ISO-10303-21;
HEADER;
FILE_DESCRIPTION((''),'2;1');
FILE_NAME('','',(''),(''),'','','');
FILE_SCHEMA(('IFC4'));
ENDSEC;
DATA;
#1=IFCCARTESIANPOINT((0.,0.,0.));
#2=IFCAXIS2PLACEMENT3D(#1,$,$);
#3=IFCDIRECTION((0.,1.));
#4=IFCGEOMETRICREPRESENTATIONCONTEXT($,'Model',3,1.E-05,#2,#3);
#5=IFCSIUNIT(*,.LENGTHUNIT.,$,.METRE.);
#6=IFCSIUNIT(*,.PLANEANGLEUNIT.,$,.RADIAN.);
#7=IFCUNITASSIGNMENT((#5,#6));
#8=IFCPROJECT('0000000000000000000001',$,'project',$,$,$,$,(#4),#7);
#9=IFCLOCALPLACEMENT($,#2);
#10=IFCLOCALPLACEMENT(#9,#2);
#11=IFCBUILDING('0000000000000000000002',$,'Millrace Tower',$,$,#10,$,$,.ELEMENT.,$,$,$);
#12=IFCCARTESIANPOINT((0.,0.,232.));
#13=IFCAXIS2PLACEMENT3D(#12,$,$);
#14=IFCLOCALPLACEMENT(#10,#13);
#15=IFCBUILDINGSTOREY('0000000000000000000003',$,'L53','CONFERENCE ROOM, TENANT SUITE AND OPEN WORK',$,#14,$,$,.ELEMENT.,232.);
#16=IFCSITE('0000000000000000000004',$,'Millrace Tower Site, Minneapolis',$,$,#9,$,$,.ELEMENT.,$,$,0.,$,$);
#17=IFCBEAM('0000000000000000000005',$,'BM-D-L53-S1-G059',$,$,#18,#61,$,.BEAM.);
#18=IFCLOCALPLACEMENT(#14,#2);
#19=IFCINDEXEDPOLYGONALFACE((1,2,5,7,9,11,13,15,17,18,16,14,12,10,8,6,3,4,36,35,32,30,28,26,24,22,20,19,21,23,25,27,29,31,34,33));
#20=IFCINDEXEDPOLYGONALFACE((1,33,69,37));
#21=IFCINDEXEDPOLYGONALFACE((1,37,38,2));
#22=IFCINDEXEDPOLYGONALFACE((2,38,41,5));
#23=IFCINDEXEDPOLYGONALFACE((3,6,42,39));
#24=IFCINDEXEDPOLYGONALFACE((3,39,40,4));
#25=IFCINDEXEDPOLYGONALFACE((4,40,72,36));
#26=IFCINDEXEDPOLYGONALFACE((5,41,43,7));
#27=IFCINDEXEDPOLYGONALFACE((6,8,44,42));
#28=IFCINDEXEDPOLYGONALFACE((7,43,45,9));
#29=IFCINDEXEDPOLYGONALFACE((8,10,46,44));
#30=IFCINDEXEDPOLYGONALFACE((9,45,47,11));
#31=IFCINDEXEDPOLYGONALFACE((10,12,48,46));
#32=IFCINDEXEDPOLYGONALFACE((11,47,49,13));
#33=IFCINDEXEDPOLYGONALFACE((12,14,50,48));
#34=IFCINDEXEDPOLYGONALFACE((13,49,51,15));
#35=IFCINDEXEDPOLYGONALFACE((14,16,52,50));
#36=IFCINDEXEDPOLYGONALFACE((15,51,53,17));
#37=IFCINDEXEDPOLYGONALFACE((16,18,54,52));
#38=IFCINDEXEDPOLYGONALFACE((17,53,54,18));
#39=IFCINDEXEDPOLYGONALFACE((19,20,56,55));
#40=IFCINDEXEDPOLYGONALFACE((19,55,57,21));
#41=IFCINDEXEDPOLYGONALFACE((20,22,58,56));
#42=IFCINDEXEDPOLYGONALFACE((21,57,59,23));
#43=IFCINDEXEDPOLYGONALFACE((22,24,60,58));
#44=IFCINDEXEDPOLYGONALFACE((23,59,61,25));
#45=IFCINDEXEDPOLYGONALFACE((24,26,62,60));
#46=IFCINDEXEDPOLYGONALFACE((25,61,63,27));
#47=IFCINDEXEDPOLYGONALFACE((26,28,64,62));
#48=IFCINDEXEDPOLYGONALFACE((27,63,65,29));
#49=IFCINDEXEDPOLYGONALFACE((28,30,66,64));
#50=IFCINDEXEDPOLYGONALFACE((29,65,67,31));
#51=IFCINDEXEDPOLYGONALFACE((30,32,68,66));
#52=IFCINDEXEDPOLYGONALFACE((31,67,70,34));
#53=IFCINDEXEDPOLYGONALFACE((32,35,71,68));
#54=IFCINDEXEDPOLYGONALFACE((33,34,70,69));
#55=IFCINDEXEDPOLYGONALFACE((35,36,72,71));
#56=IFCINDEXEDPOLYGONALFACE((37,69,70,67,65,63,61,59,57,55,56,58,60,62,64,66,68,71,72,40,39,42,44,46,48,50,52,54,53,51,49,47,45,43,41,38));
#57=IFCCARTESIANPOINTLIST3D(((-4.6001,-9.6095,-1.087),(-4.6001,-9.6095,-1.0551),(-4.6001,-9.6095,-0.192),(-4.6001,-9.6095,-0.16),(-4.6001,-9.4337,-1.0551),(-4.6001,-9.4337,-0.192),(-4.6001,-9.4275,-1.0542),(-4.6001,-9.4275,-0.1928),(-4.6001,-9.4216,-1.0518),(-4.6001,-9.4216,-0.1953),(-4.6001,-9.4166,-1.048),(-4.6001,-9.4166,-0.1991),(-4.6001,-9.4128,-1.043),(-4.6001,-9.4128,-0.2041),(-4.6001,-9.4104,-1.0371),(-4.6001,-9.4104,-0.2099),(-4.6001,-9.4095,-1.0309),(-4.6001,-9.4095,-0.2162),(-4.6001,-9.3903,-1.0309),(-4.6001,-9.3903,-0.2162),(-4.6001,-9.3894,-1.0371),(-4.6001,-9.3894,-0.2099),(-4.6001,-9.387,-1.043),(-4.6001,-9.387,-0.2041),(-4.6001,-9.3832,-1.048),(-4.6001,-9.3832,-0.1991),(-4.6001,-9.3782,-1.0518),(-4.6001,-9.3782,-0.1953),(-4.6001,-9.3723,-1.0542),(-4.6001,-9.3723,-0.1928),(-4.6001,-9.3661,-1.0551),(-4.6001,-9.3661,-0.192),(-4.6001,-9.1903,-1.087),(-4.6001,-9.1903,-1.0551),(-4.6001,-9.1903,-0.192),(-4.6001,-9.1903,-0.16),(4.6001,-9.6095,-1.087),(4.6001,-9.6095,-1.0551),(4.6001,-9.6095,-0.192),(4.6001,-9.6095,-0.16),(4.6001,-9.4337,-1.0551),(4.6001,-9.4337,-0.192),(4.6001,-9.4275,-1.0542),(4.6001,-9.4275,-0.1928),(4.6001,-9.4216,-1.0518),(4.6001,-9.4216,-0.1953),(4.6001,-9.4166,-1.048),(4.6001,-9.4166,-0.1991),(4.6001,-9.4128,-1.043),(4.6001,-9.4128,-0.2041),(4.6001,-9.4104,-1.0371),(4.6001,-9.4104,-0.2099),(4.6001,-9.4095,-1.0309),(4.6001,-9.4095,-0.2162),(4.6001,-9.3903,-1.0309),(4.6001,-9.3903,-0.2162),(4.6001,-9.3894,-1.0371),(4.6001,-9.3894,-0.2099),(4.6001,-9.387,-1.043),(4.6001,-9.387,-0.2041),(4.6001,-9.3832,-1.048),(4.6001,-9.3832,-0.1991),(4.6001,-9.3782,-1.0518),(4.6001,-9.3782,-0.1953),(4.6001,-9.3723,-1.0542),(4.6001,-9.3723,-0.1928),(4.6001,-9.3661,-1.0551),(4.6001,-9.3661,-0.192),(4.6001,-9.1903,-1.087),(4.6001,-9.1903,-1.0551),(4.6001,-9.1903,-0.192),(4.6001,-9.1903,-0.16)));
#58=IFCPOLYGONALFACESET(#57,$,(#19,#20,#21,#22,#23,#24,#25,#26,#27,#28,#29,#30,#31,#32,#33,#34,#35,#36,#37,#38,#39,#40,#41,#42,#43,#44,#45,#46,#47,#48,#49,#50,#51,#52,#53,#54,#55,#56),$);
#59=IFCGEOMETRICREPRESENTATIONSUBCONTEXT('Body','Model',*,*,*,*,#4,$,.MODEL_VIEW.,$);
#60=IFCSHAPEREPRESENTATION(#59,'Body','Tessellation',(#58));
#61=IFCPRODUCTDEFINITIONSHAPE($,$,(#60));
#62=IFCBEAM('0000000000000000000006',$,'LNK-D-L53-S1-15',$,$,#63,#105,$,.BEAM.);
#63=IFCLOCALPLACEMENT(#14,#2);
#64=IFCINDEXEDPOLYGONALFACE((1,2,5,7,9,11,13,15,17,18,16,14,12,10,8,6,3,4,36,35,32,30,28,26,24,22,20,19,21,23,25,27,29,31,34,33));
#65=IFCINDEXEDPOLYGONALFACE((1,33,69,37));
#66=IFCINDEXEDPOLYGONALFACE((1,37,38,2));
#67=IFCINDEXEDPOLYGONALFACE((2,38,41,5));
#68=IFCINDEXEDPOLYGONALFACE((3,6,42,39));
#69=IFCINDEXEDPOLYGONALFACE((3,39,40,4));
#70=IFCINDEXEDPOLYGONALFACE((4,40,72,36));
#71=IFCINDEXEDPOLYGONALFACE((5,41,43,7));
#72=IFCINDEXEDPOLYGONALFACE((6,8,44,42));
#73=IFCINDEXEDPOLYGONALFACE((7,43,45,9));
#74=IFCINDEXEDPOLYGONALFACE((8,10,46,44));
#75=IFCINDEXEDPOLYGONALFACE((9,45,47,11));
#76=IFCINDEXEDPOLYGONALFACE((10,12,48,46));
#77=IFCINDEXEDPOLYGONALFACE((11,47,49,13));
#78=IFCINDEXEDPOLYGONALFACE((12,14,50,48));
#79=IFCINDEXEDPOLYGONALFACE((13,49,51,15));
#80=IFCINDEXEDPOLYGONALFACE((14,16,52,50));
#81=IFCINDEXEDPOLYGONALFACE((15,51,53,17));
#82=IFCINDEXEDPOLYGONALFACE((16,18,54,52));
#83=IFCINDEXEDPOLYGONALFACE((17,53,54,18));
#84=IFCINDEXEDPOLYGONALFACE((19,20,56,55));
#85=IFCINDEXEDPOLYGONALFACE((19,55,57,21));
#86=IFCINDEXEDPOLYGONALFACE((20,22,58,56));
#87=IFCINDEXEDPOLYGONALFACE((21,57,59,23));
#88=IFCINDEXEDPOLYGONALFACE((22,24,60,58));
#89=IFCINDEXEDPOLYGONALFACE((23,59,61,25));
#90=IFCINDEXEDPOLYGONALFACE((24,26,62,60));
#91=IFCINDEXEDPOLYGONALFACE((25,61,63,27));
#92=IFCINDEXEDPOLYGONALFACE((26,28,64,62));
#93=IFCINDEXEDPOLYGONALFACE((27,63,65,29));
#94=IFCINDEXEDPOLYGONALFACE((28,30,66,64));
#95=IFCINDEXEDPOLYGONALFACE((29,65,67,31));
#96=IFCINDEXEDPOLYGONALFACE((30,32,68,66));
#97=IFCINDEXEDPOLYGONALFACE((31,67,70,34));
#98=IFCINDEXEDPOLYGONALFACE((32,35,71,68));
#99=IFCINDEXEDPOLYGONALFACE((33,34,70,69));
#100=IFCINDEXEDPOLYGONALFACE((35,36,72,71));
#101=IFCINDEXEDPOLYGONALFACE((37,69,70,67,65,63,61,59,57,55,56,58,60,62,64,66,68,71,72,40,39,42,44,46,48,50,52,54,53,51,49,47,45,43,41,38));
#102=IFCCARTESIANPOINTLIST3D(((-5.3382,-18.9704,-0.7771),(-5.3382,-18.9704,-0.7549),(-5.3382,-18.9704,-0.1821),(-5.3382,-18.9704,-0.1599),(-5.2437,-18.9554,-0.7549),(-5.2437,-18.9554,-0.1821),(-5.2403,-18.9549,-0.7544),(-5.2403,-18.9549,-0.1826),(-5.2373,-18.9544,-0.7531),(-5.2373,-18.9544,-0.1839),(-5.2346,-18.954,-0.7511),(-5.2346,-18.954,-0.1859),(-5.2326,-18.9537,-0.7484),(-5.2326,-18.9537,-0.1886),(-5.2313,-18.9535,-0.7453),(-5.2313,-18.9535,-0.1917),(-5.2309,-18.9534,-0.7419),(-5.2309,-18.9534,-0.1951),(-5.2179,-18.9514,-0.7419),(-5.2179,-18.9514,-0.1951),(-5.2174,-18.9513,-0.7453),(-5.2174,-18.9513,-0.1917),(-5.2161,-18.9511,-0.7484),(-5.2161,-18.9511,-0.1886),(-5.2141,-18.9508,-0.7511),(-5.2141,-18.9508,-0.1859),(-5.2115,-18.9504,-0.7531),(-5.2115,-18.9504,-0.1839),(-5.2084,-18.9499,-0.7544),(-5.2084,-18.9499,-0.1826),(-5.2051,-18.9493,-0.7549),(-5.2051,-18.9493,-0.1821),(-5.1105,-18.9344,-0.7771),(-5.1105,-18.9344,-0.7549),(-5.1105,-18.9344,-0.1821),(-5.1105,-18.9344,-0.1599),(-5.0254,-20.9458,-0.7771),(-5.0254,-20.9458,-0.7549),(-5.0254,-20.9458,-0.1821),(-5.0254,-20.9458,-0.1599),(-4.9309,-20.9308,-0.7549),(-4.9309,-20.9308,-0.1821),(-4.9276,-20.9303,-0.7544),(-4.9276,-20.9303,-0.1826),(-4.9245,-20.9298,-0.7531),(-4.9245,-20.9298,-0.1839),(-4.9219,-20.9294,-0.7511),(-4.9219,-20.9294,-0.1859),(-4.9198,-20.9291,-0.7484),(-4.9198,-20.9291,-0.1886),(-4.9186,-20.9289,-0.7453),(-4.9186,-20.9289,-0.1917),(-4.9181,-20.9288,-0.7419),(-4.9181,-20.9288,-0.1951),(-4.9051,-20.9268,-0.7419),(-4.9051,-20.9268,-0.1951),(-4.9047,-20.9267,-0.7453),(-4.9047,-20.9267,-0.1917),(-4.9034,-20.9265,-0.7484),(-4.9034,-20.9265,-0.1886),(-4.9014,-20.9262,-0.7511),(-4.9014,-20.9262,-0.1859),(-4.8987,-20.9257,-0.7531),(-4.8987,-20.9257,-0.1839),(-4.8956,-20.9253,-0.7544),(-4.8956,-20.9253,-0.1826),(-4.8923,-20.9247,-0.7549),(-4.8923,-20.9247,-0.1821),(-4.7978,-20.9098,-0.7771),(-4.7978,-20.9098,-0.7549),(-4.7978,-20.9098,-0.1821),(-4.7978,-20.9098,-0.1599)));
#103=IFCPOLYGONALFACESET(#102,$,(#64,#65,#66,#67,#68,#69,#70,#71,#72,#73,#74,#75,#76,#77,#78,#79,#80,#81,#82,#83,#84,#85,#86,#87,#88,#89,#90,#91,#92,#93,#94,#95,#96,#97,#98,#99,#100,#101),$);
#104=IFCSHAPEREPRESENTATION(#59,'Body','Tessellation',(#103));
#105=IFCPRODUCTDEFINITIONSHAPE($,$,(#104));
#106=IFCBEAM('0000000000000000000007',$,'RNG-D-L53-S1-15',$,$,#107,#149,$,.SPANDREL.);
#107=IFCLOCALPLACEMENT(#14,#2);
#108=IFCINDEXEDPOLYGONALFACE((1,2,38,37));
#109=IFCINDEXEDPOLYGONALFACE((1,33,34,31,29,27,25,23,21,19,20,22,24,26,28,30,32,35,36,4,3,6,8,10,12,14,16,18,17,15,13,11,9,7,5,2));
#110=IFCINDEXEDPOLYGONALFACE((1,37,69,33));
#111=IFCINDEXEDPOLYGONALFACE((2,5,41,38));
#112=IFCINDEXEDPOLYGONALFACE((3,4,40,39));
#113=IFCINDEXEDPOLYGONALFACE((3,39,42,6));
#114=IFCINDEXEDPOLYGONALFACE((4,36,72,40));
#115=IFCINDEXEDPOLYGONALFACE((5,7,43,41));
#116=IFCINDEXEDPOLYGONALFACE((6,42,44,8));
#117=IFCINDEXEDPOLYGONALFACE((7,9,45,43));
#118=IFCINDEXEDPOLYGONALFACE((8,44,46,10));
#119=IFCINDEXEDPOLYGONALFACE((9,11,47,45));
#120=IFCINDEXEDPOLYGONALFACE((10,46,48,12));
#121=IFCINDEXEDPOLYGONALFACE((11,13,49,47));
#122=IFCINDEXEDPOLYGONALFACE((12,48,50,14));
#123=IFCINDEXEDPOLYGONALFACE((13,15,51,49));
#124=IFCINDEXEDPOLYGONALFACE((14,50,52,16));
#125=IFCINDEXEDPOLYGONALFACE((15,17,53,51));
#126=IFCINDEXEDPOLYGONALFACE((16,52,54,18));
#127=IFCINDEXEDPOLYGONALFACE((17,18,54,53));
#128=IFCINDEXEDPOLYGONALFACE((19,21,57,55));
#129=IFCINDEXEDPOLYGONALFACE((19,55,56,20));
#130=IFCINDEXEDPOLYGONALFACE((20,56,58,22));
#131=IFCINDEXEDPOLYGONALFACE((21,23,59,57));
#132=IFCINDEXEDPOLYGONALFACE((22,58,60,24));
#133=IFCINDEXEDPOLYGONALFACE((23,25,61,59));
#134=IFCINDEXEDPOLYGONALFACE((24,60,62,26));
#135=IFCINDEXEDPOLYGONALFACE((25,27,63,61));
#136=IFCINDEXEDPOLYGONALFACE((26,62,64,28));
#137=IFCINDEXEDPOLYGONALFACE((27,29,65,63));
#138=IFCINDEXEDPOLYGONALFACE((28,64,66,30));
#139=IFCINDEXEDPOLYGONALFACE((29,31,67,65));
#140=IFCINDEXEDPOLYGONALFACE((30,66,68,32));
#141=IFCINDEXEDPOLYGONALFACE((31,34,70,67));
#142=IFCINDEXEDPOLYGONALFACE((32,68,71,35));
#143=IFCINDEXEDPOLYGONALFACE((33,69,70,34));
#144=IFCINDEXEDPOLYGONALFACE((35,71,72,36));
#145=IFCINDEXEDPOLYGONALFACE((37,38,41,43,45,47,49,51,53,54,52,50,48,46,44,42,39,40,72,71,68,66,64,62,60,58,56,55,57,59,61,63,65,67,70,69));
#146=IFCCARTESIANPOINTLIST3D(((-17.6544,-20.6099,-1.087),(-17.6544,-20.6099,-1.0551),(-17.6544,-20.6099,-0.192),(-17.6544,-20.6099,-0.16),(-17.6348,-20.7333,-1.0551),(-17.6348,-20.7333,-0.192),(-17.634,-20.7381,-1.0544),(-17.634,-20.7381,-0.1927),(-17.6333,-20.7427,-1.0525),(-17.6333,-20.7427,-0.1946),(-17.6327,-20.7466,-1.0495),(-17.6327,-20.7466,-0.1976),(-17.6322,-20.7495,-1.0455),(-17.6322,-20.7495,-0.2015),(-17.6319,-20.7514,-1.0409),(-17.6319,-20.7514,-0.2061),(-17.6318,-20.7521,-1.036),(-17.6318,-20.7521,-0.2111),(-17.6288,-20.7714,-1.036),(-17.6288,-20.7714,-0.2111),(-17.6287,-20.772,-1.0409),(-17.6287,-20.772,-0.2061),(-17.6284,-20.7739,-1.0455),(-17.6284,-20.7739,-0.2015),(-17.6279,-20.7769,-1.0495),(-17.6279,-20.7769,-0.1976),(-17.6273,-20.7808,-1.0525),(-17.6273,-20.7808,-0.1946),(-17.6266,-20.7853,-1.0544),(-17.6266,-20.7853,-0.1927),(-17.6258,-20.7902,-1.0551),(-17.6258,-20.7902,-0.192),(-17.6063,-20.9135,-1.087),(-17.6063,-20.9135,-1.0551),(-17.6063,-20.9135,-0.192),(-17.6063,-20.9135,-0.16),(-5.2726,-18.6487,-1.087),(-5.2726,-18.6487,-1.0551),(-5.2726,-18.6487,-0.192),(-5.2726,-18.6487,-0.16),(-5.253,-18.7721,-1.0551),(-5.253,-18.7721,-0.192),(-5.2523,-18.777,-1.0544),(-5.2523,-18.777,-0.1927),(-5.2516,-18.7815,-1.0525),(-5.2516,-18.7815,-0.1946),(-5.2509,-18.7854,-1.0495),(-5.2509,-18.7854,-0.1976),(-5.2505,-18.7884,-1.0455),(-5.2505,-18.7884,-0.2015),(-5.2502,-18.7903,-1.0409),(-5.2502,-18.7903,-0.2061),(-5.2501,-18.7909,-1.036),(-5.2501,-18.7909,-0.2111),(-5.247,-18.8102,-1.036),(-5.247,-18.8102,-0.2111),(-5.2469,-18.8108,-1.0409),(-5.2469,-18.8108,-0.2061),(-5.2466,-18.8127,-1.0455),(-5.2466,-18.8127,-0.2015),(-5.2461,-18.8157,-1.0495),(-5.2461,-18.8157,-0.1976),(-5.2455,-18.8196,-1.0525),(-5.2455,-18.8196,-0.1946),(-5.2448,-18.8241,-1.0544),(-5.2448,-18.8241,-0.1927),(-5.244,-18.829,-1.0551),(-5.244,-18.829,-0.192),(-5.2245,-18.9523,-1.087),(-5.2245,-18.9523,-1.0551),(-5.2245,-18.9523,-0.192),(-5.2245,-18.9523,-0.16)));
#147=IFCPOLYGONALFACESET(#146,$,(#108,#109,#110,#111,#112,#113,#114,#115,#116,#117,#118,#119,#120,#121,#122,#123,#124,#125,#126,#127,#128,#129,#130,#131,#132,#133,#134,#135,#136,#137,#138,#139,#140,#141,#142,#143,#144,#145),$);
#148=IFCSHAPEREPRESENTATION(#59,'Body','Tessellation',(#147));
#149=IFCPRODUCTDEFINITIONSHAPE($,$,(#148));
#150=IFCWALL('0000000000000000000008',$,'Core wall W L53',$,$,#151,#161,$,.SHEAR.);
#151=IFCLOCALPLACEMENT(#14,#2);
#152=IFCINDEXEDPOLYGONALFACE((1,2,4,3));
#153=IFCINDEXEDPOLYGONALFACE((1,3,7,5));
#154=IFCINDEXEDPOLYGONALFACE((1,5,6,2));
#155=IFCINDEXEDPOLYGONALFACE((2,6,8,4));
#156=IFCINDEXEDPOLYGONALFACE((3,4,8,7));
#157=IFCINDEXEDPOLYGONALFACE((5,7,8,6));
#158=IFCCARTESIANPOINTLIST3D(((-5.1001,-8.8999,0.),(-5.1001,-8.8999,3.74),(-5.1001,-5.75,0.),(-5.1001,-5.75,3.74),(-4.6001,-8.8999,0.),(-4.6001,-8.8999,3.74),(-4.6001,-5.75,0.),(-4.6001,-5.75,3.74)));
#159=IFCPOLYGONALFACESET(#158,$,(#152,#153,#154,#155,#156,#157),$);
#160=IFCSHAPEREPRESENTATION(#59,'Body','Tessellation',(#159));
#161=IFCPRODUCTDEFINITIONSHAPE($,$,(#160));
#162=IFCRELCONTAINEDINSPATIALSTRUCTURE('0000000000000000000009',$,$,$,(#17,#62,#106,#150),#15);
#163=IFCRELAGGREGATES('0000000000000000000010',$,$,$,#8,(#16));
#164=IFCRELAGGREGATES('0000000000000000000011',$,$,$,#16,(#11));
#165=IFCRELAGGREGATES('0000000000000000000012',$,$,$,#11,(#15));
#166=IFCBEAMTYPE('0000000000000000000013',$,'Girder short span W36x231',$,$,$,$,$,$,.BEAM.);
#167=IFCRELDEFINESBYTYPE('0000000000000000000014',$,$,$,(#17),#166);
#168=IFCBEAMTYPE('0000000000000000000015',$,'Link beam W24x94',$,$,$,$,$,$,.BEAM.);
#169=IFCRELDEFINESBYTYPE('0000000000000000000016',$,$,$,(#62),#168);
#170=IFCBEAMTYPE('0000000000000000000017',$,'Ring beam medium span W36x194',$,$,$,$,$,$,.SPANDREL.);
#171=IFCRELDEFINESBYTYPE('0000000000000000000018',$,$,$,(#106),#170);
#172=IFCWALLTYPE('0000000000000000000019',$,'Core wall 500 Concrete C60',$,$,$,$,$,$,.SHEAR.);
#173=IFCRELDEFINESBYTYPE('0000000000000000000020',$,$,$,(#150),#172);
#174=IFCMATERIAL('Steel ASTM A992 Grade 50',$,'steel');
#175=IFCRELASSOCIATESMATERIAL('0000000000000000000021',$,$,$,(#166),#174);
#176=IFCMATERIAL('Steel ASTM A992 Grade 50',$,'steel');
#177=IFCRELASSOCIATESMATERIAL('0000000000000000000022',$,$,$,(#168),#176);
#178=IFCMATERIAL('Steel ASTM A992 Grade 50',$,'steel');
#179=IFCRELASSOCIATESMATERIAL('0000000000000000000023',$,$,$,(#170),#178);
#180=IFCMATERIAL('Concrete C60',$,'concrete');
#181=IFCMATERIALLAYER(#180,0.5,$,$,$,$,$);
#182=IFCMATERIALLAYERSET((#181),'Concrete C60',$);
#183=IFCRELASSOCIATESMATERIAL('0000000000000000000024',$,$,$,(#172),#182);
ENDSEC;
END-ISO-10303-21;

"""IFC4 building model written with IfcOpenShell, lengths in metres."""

from ifc_helpers import new_model, si_unit, direction, frame, frame_2d, origin, origin_2d, place, context, subcontext, project, spatial, rectangle, i_section, extrude, material, layer, layer_set, material_profile, profile_set, type_object, element, save


model = new_model("IFC4")

# Units and contexts
model_context = context("Model", 3, precision=1e-05, world=origin(), true_north=direction((0.0, 1.0)))
body_context = subcontext(model_context, "Body", "Model", "MODEL_VIEW")
ifc_project = project(units=[si_unit("LENGTHUNIT", "METRE"), si_unit("PLANEANGLEUNIT", "RADIAN")], contexts=[model_context])

# Site, building, storey
site_placement = place(None, origin())
site = spatial("IfcSite", under=ifc_project, at=site_placement, Name="Millrace Tower Site, Minneapolis", CompositionType="ELEMENT", RefElevation=0.0)
building_placement = place(site_placement, origin())
building = spatial("IfcBuilding", under=site, at=building_placement, Name="Millrace Tower", CompositionType="ELEMENT")
storey_placement = place(building_placement, frame((0.0, 0.0, 232.0)))
storey = spatial("IfcBuildingStorey", under=building, at=storey_placement, Name="L53", Description="CONFERENCE ROOM, TENANT SUITE AND OPEN WORK", CompositionType="ELEMENT", Elevation=232.0)

# Beams
ifc_material_1 = material(Name="Steel ASTM A992 Grade 50", Category="steel")
ifc_material_profile_1 = material_profile(ifc_material_1, i_section(OverallWidth=0.4192, OverallDepth=0.927, WebThickness=0.0193, FlangeThickness=0.032, FilletRadius=0.0242, at=origin_2d()))
ifc_profile_set_1 = profile_set([ifc_material_profile_1], Name="Steel ASTM A992 Grade 50")
beam_type_1 = type_object("IfcBeamType", Name="Girder short span W36x231", PredefinedType="BEAM", material=ifc_profile_set_1)
beam_1_placement = place(storey_placement, frame((-4.6001, -9.3999, -0.6235), z_axis=(1.0, 0.0, 0.0), x_axis=(0.0, 1.0, 0.0)))
element("IfcBeam", 1, at=beam_1_placement, inside=storey, type_object=beam_type_1, Name="BM-D-L53-S1-G059", PredefinedType="BEAM", context=body_context, shape_type="SweptSolid", body=[
    extrude(i_section(OverallWidth=0.4192, OverallDepth=0.927, WebThickness=0.0193, FlangeThickness=0.032, FilletRadius=0.0242, at=origin_2d()), origin(), (0.0, 0.0, 1.0), 9.2002),
])
ifc_material_2 = material(Name="Steel ASTM A992 Grade 50", Category="steel")
ifc_material_profile_2 = material_profile(ifc_material_2, i_section(OverallWidth=0.2305, OverallDepth=0.6172, WebThickness=0.0132, FlangeThickness=0.0222, FilletRadius=0.0129, at=origin_2d()))
ifc_profile_set_2 = profile_set([ifc_material_profile_2], Name="Steel ASTM A992 Grade 50")
beam_type_2 = type_object("IfcBeamType", Name="Link beam W24x94", PredefinedType="BEAM", material=ifc_profile_set_2)
beam_2_placement = place(storey_placement, frame((-5.2244, -18.9524, -0.4685), z_axis=(0.156376, -0.987698, 0.0), x_axis=(0.987698, 0.156376, 0.0)))
element("IfcBeam", 2, at=beam_2_placement, inside=storey, type_object=beam_type_2, Name="LNK-D-L53-S1-15", PredefinedType="BEAM", context=body_context, shape_type="SweptSolid", body=[
    extrude(i_section(OverallWidth=0.2305, OverallDepth=0.6172, WebThickness=0.0132, FlangeThickness=0.0222, FilletRadius=0.0129, at=origin_2d()), origin(), (0.0, 0.0, 1.0), 2.0),
])
ifc_material_3 = material(Name="Steel ASTM A992 Grade 50", Category="steel")
ifc_material_profile_3 = material_profile(ifc_material_3, i_section(OverallWidth=0.3074, OverallDepth=0.927, WebThickness=0.0195, FlangeThickness=0.032, FilletRadius=0.019, at=origin_2d()))
ifc_profile_set_3 = profile_set([ifc_material_profile_3], Name="Steel ASTM A992 Grade 50")
beam_type_3 = type_object("IfcBeamType", Name="Ring beam medium span W36x194", PredefinedType="SPANDREL", material=ifc_profile_set_3)
beam_3_placement = place(storey_placement, frame((-5.2485, -18.8005, -0.6235), z_axis=(-0.987687, -0.156442, 0.0), x_axis=(0.156442, -0.987687, 0.0)))
element("IfcBeam", 3, at=beam_3_placement, inside=storey, type_object=beam_type_3, Name="RNG-D-L53-S1-15", PredefinedType="SPANDREL", context=body_context, shape_type="SweptSolid", body=[
    extrude(i_section(OverallWidth=0.3074, OverallDepth=0.927, WebThickness=0.0195, FlangeThickness=0.032, FilletRadius=0.019, at=origin_2d()), origin(), (0.0, 0.0, 1.0), 12.5361),
])

# Wall
ifc_material_4 = material(Name="Concrete C60", Category="concrete")
ifc_layer_1 = layer(ifc_material_4, 0.5)
ifc_layer_set_1 = layer_set([ifc_layer_1], Name="Concrete C60")
wall_type_1 = type_object("IfcWallType", Name="Core wall 500 Concrete C60", PredefinedType="SHEAR", material=ifc_layer_set_1)
wall_1_placement = place(storey_placement, frame((-4.8501, -8.8999, 0.0), z_axis=(0.0, 0.0, 1.0), x_axis=(0.0, 1.0, 0.0)))
element("IfcWall", 4, at=wall_1_placement, inside=storey, type_object=wall_type_1, Name="Core wall W L53", PredefinedType="SHEAR", context=body_context, shape_type="SweptSolid", body=[
    extrude(rectangle(XDim=3.1499, YDim=0.5, at=frame_2d((1.575, 0.0))), origin(), (0.0, 0.0, 1.0), 3.74),
])

save(model, "model.ifc")
